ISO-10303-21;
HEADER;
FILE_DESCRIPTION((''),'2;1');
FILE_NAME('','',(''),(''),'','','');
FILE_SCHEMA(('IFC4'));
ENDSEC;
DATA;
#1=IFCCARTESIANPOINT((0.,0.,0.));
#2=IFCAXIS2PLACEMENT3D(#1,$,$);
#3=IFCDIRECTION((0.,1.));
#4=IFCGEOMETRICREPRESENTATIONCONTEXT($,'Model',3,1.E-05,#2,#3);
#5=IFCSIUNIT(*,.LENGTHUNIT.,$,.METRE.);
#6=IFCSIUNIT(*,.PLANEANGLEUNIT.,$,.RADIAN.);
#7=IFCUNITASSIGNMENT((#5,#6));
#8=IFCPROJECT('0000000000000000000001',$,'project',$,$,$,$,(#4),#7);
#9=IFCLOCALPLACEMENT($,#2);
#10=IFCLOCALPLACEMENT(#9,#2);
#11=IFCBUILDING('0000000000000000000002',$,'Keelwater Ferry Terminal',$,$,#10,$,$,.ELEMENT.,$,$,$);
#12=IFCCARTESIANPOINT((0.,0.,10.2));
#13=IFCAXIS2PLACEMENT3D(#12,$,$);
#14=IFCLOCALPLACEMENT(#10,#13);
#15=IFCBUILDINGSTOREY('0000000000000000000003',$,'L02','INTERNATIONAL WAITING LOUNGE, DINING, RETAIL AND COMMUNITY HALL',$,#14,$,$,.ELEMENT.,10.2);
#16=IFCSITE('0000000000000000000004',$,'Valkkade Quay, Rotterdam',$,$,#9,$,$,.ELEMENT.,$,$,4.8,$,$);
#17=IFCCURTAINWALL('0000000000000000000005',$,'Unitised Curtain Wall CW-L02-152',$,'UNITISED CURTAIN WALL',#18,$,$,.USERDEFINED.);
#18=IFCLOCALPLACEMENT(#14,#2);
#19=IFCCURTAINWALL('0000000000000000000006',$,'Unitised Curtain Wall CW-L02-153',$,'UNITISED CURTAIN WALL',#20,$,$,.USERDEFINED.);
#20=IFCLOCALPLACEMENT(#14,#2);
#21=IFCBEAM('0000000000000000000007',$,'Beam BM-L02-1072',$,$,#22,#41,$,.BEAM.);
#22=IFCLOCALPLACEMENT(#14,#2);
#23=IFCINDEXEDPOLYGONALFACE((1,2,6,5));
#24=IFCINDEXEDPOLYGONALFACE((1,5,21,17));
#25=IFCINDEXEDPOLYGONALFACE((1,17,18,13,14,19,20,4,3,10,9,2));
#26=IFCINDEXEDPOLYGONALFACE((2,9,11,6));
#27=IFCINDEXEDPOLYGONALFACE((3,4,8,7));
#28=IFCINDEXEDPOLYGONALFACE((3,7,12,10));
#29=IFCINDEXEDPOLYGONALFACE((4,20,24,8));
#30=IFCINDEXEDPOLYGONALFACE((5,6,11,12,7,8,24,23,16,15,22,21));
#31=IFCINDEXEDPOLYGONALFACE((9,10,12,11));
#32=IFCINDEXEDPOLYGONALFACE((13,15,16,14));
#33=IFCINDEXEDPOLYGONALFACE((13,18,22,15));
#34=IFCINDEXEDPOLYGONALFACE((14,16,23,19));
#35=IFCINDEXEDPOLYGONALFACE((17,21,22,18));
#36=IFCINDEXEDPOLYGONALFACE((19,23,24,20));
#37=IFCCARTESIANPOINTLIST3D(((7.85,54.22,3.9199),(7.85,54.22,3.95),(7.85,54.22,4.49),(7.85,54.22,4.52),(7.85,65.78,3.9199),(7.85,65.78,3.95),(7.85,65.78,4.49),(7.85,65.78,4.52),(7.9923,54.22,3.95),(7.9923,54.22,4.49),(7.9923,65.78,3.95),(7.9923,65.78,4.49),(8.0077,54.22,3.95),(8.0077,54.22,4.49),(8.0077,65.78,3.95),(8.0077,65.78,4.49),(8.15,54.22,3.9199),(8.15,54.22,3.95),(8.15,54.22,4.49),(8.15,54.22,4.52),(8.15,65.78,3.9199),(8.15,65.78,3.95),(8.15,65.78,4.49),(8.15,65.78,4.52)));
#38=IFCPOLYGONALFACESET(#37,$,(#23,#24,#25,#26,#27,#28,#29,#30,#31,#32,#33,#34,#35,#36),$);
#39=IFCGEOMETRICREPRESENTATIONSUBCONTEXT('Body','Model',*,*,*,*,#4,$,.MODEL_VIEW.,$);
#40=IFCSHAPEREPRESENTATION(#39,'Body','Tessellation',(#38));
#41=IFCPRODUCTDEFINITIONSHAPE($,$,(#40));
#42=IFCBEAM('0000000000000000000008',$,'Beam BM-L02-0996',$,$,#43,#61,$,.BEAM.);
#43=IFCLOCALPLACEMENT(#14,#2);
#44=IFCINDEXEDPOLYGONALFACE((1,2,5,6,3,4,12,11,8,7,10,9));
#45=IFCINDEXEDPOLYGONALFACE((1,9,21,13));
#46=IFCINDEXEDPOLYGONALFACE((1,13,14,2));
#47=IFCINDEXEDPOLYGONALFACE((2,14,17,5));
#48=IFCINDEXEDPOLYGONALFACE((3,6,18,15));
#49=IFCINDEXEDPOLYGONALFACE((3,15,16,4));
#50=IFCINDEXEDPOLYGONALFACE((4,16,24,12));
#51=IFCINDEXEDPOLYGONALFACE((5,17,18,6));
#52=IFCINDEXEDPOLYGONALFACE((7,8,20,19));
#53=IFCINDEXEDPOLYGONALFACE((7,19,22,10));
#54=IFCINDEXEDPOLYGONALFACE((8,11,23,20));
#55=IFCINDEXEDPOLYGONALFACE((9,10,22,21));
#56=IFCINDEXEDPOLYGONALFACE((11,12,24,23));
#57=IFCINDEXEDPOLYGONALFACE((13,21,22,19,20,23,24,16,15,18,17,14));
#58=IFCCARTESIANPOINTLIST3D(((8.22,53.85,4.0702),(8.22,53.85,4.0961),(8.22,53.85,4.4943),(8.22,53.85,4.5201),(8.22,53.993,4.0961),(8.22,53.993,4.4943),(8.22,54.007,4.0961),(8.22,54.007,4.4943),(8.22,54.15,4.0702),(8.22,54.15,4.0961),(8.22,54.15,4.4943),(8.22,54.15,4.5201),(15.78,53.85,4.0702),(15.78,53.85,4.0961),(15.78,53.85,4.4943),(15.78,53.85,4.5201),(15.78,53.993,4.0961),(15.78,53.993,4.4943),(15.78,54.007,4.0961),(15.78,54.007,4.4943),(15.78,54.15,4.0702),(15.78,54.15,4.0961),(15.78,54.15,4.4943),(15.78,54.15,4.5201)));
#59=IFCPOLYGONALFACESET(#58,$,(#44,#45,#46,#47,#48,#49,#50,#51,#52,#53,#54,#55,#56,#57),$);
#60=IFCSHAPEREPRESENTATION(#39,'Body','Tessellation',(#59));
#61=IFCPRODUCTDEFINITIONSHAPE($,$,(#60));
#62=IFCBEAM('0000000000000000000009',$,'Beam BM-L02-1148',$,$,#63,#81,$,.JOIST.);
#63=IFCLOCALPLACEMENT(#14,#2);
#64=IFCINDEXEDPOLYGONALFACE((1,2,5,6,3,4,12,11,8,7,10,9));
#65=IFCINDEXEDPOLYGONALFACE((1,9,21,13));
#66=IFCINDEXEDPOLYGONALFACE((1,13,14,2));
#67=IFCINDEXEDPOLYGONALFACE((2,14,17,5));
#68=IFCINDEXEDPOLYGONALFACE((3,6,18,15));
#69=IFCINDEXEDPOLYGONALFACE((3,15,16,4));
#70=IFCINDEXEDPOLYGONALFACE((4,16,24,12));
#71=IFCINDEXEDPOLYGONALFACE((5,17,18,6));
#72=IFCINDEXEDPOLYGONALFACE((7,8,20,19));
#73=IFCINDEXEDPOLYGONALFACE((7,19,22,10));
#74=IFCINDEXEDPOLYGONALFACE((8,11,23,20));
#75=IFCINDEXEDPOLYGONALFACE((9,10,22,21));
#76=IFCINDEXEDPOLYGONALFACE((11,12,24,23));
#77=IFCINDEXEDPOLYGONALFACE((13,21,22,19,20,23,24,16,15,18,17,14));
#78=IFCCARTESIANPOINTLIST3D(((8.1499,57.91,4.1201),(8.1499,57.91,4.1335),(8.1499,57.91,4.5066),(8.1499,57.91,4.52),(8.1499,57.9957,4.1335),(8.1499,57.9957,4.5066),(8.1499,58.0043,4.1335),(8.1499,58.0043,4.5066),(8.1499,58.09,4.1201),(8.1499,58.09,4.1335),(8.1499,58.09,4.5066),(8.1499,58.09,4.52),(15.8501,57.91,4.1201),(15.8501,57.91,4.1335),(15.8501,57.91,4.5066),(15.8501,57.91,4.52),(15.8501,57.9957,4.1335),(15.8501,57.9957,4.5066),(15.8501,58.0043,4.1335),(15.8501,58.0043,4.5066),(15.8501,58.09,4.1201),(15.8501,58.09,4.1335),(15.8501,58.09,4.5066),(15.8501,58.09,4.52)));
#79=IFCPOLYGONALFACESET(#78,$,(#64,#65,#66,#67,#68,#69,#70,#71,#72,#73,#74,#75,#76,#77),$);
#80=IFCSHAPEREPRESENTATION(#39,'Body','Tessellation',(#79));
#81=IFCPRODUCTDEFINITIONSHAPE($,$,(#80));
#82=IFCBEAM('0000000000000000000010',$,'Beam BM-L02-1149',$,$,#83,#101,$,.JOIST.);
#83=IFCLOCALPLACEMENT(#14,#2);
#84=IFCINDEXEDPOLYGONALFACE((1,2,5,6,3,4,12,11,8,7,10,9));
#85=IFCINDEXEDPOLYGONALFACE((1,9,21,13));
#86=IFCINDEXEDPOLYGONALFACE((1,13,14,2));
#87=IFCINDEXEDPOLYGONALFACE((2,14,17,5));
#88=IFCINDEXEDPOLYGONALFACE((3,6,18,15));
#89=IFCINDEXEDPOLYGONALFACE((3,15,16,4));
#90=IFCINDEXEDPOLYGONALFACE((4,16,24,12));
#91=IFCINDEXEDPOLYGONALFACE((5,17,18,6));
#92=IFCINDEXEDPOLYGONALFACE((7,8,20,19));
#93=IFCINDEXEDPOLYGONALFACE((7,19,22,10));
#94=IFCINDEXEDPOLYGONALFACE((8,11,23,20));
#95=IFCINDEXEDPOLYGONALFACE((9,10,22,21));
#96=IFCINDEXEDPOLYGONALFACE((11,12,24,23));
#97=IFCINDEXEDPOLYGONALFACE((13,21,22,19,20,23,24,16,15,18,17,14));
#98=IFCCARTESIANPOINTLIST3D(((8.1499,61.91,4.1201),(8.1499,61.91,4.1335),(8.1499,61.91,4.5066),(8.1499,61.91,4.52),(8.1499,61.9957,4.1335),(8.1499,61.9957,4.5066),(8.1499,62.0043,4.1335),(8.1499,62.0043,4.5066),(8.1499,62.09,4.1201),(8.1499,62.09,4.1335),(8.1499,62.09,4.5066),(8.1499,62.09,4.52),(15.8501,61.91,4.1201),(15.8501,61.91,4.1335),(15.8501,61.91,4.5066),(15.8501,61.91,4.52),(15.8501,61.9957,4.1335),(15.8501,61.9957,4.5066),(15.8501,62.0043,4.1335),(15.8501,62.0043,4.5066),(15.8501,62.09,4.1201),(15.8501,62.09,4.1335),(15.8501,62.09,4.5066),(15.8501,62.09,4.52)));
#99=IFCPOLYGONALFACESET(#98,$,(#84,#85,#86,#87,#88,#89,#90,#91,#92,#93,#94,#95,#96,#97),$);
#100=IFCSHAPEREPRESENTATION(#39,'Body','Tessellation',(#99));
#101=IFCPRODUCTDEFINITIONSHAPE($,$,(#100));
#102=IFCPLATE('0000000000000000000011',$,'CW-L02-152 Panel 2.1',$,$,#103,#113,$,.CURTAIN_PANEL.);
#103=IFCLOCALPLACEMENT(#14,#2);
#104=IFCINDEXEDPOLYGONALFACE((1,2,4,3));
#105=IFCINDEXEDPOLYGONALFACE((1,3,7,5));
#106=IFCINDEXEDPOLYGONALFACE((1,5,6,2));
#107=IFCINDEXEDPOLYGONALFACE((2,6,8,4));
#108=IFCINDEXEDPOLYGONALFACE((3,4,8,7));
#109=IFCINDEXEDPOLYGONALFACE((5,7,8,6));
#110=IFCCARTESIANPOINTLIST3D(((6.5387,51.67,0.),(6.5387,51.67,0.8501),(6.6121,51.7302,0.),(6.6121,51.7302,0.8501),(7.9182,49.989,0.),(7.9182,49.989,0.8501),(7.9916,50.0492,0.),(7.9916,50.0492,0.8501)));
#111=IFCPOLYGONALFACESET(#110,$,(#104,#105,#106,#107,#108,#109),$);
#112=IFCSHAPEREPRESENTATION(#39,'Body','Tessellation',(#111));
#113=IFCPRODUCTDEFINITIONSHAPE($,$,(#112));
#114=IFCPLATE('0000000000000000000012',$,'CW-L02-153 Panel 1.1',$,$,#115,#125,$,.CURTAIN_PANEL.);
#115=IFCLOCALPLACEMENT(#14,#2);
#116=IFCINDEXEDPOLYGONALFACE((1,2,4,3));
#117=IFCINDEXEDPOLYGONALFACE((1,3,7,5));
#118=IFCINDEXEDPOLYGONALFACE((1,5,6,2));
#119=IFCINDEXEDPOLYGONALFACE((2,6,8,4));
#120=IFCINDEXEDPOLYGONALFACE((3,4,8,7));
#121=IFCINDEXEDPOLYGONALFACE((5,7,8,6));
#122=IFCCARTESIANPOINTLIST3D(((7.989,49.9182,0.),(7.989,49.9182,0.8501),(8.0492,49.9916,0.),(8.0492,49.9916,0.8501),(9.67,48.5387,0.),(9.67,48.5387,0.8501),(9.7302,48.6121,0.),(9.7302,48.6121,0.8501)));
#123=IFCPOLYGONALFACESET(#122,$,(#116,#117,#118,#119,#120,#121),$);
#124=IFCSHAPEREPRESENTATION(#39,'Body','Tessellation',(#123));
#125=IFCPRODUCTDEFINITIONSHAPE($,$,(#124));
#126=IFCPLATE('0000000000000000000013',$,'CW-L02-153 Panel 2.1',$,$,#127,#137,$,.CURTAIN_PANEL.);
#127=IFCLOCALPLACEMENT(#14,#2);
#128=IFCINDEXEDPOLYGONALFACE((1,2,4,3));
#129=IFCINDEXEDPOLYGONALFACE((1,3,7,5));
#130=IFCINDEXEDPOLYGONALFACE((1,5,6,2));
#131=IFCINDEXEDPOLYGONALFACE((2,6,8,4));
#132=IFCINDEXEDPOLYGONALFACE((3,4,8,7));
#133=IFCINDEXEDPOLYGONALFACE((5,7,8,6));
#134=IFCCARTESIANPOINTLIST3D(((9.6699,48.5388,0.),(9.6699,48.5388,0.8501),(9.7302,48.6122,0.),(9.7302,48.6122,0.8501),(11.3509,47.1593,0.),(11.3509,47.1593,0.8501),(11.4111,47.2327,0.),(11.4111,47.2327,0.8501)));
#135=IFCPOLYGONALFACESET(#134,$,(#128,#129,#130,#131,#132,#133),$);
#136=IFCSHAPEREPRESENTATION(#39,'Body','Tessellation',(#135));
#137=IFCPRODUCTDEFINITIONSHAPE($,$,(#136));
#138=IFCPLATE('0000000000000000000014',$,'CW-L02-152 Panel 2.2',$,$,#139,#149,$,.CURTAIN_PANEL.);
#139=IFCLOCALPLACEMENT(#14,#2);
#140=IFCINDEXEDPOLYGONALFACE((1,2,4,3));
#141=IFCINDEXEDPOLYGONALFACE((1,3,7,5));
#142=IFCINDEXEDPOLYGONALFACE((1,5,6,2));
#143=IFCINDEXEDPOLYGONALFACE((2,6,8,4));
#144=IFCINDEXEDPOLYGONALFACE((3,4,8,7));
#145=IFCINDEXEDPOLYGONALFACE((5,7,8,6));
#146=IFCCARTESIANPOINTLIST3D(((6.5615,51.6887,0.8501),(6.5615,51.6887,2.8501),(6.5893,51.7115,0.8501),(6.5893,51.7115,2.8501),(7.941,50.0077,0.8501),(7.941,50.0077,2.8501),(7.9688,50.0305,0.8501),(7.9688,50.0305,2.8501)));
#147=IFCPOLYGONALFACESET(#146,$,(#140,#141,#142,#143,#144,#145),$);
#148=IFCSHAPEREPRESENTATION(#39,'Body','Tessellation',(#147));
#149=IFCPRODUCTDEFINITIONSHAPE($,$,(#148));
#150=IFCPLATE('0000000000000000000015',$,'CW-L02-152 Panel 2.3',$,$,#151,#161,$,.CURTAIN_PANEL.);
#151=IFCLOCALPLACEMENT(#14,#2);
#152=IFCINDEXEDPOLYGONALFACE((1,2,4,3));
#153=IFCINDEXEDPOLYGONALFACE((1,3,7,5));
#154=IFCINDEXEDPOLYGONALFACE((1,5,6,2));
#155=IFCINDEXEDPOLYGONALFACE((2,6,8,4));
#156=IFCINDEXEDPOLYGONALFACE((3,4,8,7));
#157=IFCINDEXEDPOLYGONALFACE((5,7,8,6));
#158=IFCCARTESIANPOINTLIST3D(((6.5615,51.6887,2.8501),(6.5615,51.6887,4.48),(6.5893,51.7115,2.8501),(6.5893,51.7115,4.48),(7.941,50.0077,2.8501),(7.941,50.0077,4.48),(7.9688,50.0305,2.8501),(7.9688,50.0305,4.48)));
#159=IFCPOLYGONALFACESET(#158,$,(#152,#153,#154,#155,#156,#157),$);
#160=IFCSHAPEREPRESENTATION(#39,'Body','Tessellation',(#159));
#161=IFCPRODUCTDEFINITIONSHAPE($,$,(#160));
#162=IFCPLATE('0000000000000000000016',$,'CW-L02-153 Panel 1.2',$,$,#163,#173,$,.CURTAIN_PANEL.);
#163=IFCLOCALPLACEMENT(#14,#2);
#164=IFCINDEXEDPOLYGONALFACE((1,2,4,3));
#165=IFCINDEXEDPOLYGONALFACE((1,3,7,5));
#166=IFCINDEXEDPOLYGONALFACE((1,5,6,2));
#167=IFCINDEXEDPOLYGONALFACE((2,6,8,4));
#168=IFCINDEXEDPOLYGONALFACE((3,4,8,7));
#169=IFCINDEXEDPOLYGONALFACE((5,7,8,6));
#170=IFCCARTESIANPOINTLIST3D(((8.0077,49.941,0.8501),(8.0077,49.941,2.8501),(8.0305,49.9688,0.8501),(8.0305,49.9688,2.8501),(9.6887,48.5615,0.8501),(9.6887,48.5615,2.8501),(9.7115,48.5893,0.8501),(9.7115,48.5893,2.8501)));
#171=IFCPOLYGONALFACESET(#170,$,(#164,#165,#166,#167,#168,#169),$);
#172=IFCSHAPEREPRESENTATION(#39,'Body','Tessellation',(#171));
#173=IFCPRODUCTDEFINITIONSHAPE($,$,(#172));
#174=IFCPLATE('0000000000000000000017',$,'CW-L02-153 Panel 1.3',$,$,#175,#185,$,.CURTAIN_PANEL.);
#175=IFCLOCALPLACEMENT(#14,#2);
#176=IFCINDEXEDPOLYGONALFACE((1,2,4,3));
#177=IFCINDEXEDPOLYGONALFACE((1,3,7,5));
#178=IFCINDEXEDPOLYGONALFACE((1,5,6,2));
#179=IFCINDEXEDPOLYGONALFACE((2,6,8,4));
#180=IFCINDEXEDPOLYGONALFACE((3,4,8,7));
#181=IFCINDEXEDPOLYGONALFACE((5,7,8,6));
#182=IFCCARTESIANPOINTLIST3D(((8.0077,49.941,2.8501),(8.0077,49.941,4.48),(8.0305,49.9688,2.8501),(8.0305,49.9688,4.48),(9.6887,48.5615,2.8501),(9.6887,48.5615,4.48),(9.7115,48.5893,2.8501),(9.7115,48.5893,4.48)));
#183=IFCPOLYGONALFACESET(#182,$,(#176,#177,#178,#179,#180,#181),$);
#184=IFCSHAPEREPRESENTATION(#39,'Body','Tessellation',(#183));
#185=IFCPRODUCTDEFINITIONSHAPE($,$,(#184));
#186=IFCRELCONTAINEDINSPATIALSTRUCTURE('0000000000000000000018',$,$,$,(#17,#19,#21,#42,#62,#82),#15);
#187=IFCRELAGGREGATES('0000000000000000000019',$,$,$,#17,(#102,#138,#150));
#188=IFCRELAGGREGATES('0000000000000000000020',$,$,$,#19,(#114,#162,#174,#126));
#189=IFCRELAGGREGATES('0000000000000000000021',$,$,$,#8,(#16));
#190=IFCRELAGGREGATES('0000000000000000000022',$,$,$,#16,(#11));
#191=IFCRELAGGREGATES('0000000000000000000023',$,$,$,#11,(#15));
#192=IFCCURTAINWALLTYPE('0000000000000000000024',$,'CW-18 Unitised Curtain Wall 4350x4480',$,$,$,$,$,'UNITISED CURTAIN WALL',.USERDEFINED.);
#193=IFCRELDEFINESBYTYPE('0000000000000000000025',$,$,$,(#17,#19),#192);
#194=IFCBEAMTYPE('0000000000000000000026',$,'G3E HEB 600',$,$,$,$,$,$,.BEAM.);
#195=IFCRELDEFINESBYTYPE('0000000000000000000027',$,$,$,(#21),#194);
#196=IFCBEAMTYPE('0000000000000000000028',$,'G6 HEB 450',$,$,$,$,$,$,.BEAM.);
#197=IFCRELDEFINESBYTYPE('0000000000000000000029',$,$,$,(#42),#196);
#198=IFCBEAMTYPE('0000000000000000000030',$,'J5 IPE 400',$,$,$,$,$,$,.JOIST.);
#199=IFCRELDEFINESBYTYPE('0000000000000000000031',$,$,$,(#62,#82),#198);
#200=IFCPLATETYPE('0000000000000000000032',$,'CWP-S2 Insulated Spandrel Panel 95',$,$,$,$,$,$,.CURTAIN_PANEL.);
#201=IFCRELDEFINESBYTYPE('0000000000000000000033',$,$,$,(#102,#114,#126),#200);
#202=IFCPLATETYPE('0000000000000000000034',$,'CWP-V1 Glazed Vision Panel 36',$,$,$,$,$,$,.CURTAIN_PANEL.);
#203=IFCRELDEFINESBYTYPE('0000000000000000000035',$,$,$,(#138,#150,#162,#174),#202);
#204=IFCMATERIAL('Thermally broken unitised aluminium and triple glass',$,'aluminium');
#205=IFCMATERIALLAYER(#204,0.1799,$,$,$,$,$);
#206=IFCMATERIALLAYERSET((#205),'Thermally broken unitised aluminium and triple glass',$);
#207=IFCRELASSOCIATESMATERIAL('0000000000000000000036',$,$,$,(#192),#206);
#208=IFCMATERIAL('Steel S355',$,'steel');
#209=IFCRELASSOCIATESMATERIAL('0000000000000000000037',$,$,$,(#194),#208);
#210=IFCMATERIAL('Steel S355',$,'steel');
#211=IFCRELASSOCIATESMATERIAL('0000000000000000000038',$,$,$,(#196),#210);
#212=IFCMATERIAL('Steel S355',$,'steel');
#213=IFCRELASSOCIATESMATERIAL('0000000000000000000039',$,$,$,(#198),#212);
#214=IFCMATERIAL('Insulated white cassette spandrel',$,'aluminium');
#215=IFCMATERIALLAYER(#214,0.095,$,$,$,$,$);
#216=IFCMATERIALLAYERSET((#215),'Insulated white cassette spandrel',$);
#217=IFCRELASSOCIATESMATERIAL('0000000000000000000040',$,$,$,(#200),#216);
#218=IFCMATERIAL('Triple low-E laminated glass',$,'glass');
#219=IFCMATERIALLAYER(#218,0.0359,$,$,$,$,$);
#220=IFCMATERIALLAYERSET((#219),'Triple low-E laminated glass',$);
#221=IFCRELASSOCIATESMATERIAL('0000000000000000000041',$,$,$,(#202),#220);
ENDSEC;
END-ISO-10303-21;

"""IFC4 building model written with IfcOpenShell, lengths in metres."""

from ifc_helpers import new_model, si_unit, direction, frame, origin, origin_2d, place, context, subcontext, project, spatial, rectangle, i_section, extrude, material, layer, layer_set, material_profile, profile_set, type_object, element, aggregate, save


model = new_model("IFC4")

# Units and contexts
model_context = context("Model", 3, precision=1e-05, world=origin(), true_north=direction((0.0, 1.0)))
body_context = subcontext(model_context, "Body", "Model", "MODEL_VIEW")
ifc_project = project(units=[si_unit("LENGTHUNIT", "METRE"), si_unit("PLANEANGLEUNIT", "RADIAN")], contexts=[model_context])

# Site, building, storey
site_placement = place(None, origin())
site = spatial("IfcSite", under=ifc_project, at=site_placement, Name="Valkkade Quay, Rotterdam", CompositionType="ELEMENT", RefElevation=4.8)
building_placement = place(site_placement, origin())
building = spatial("IfcBuilding", under=site, at=building_placement, Name="Keelwater Ferry Terminal", CompositionType="ELEMENT")
storey_placement = place(building_placement, frame((0.0, 0.0, 10.2)))
storey = spatial("IfcBuildingStorey", under=building, at=storey_placement, Name="L02", Description="INTERNATIONAL WAITING LOUNGE, DINING, RETAIL AND COMMUNITY HALL", CompositionType="ELEMENT", Elevation=10.2)

# Curtain wall
ifc_material_1 = material(Name="Thermally broken unitised aluminium and triple glass", Category="aluminium")
ifc_layer_1 = layer(ifc_material_1, 0.1799)
ifc_layer_set_1 = layer_set([ifc_layer_1], Name="Thermally broken unitised aluminium and triple glass")
curtain_wall_type = type_object("IfcCurtainWallType", Name="CW-18 Unitised Curtain Wall 4350x4480", ElementType="UNITISED CURTAIN WALL", PredefinedType="USERDEFINED", material=ifc_layer_set_1)
curtain_wall_1_placement = place(storey_placement, origin())
curtain_wall_1 = element("IfcCurtainWall", 1, at=curtain_wall_1_placement, inside=storey, type_object=curtain_wall_type, Name="Unitised Curtain Wall CW-L02-152", ObjectType="UNITISED CURTAIN WALL", PredefinedType="USERDEFINED")

# Curtain wall
curtain_wall_2_placement = place(storey_placement, origin())
curtain_wall_2 = element("IfcCurtainWall", 2, at=curtain_wall_2_placement, inside=storey, type_object=curtain_wall_type, Name="Unitised Curtain Wall CW-L02-153", ObjectType="UNITISED CURTAIN WALL", PredefinedType="USERDEFINED")

# Beams
ifc_material_2 = material(Name="Steel S355", Category="steel")
ifc_material_profile_1 = material_profile(ifc_material_2, i_section(OverallWidth=0.3, OverallDepth=0.6001, WebThickness=0.0154, FlangeThickness=0.03, at=origin_2d()), Name="HEB 600")
ifc_profile_set_1 = profile_set([ifc_material_profile_1], Name="Steel S355")
beam_type_1 = type_object("IfcBeamType", Name="G3E HEB 600", PredefinedType="BEAM", material=ifc_profile_set_1)
beam_1_placement = place(storey_placement, frame((8.0, 54.22, 4.22), z_axis=(0.0, 1.0, 0.0), x_axis=(-1.0, 0.0, 0.0)))
element("IfcBeam", 3, at=beam_1_placement, inside=storey, type_object=beam_type_1, Name="Beam BM-L02-1072", PredefinedType="BEAM", context=body_context, shape_type="SweptSolid", body=[
    extrude(i_section(OverallWidth=0.3, OverallDepth=0.6001, WebThickness=0.0154, FlangeThickness=0.03, at=origin_2d()), origin(), (0.0, 0.0, 1.0), 11.5601),
])
ifc_material_3 = material(Name="Steel S355", Category="steel")
ifc_material_profile_2 = material_profile(ifc_material_3, i_section(OverallWidth=0.3, OverallDepth=0.45, WebThickness=0.0139, FlangeThickness=0.0259, at=origin_2d()), Name="HEB 450")
ifc_profile_set_2 = profile_set([ifc_material_profile_2], Name="Steel S355")
beam_type_2 = type_object("IfcBeamType", Name="G6 HEB 450", PredefinedType="BEAM", material=ifc_profile_set_2)
beam_2_placement = place(storey_placement, frame((8.22, 54.0, 4.2952), z_axis=(1.0, 0.0, 0.0), x_axis=(0.0, 1.0, 0.0)))
element("IfcBeam", 4, at=beam_2_placement, inside=storey, type_object=beam_type_2, Name="Beam BM-L02-0996", PredefinedType="BEAM", context=body_context, shape_type="SweptSolid", body=[
    extrude(i_section(OverallWidth=0.3, OverallDepth=0.45, WebThickness=0.0139, FlangeThickness=0.0259, at=origin_2d()), origin(), (0.0, 0.0, 1.0), 7.5601),
])
ifc_material_4 = material(Name="Steel S355", Category="steel")
ifc_material_profile_3 = material_profile(ifc_material_4, i_section(OverallWidth=0.1799, OverallDepth=0.3999, WebThickness=0.0085, FlangeThickness=0.0134, at=origin_2d()), Name="IPE 400")
ifc_profile_set_3 = profile_set([ifc_material_profile_3], Name="Steel S355")
beam_type_3 = type_object("IfcBeamType", Name="J5 IPE 400", PredefinedType="JOIST", material=ifc_profile_set_3)
for number, where, z_axis, x_axis, name in (
    (5, (8.1499, 58.0, 4.3201), (1.0, 0.0, 0.0), (0.0, 1.0, 0.0), "Beam BM-L02-1148"),
    (6, (8.1499, 62.0, 4.3201), (1.0, 0.0, 0.0), (0.0, 1.0, 0.0), "Beam BM-L02-1149"),
):
    element("IfcBeam", number, at=place(storey_placement, frame(where, z_axis=z_axis, x_axis=x_axis)), inside=storey, type_object=beam_type_3, Name=name, PredefinedType="JOIST", context=body_context, shape_type="SweptSolid", body=[
        extrude(i_section(OverallWidth=0.1799, OverallDepth=0.3999, WebThickness=0.0085, FlangeThickness=0.0134, at=origin_2d()), origin(), (0.0, 0.0, 1.0), 7.7002),
    ])

# Plates
ifc_material_5 = material(Name="Insulated white cassette spandrel", Category="aluminium")
ifc_layer_2 = layer(ifc_material_5, 0.095)
ifc_layer_set_2 = layer_set([ifc_layer_2], Name="Insulated white cassette spandrel")
plate_type_1 = type_object("IfcPlateType", Name="CWP-S2 Insulated Spandrel Panel 95", PredefinedType="CURTAIN_PANEL", material=ifc_layer_set_2)
plate_1_placement = place(storey_placement, frame((7.2651, 50.8596, 0.0), z_axis=(0.0, 0.0, 1.0), x_axis=(0.634377, -0.773024, 0.0)))
plate_1 = element("IfcPlate", 7, at=plate_1_placement, type_object=plate_type_1, Name="CW-L02-152 Panel 2.1", PredefinedType="CURTAIN_PANEL", context=body_context, shape_type="SweptSolid", body=[
    extrude(rectangle(XDim=2.1746, YDim=0.095, at=origin_2d()), origin(), (0.0, 0.0, 1.0), 0.8501),
])
plate_2_placement = place(storey_placement, frame((8.8596, 49.2651, 0.0), z_axis=(0.0, 0.0, 1.0), x_axis=(0.773024, -0.634377, 0.0)))
plate_2 = element("IfcPlate", 8, at=plate_2_placement, type_object=plate_type_1, Name="CW-L02-153 Panel 1.1", PredefinedType="CURTAIN_PANEL", context=body_context, shape_type="SweptSolid", body=[
    extrude(rectangle(XDim=2.1746, YDim=0.095, at=origin_2d()), origin(), (0.0, 0.0, 1.0), 0.8501),
])
plate_3_placement = place(storey_placement, frame((10.5405, 47.8857, 0.0), z_axis=(0.0, 0.0, 1.0), x_axis=(0.773024, -0.634377, 0.0)))
plate_3 = element("IfcPlate", 9, at=plate_3_placement, type_object=plate_type_1, Name="CW-L02-153 Panel 2.1", PredefinedType="CURTAIN_PANEL", context=body_context, shape_type="SweptSolid", body=[
    extrude(rectangle(XDim=2.1746, YDim=0.095, at=origin_2d()), origin(), (0.0, 0.0, 1.0), 0.8501),
])
ifc_material_6 = material(Name="Triple low-E laminated glass", Category="glass")
ifc_layer_3 = layer(ifc_material_6, 0.0359)
ifc_layer_set_3 = layer_set([ifc_layer_3], Name="Triple low-E laminated glass")
plate_type_2 = type_object("IfcPlateType", Name="CWP-V1 Glazed Vision Panel 36", PredefinedType="CURTAIN_PANEL", material=ifc_layer_set_3)
plate_4_placement = place(storey_placement, frame((7.2651, 50.8596, 0.8501), z_axis=(0.0, 0.0, 1.0), x_axis=(0.634377, -0.773024, 0.0)))
plate_4 = element("IfcPlate", 10, at=plate_4_placement, type_object=plate_type_2, Name="CW-L02-152 Panel 2.2", PredefinedType="CURTAIN_PANEL", context=body_context, shape_type="SweptSolid", body=[
    extrude(rectangle(XDim=2.1746, YDim=0.0359, at=origin_2d()), origin(), (0.0, 0.0, 1.0), 2.0),
])
plate_5_placement = place(storey_placement, frame((7.2651, 50.8596, 2.8501), z_axis=(0.0, 0.0, 1.0), x_axis=(0.634377, -0.773024, 0.0)))
plate_5 = element("IfcPlate", 11, at=plate_5_placement, type_object=plate_type_2, Name="CW-L02-152 Panel 2.3", PredefinedType="CURTAIN_PANEL", context=body_context, shape_type="SweptSolid", body=[
    extrude(rectangle(XDim=2.1746, YDim=0.0359, at=origin_2d()), origin(), (0.0, 0.0, 1.0), 1.6299),
])
aggregate(curtain_wall_1, [plate_1, plate_4, plate_5])
plate_6_placement = place(storey_placement, frame((8.8596, 49.2651, 0.8501), z_axis=(0.0, 0.0, 1.0), x_axis=(0.773024, -0.634377, 0.0)))
plate_6 = element("IfcPlate", 12, at=plate_6_placement, type_object=plate_type_2, Name="CW-L02-153 Panel 1.2", PredefinedType="CURTAIN_PANEL", context=body_context, shape_type="SweptSolid", body=[
    extrude(rectangle(XDim=2.1746, YDim=0.0359, at=origin_2d()), origin(), (0.0, 0.0, 1.0), 2.0),
])
plate_7_placement = place(storey_placement, frame((8.8596, 49.2651, 2.8501), z_axis=(0.0, 0.0, 1.0), x_axis=(0.773024, -0.634377, 0.0)))
plate_7 = element("IfcPlate", 13, at=plate_7_placement, type_object=plate_type_2, Name="CW-L02-153 Panel 1.3", PredefinedType="CURTAIN_PANEL", context=body_context, shape_type="SweptSolid", body=[
    extrude(rectangle(XDim=2.1746, YDim=0.0359, at=origin_2d()), origin(), (0.0, 0.0, 1.0), 1.6299),
])
aggregate(curtain_wall_2, [plate_2, plate_6, plate_7, plate_3])

save(model, "model.ifc")
